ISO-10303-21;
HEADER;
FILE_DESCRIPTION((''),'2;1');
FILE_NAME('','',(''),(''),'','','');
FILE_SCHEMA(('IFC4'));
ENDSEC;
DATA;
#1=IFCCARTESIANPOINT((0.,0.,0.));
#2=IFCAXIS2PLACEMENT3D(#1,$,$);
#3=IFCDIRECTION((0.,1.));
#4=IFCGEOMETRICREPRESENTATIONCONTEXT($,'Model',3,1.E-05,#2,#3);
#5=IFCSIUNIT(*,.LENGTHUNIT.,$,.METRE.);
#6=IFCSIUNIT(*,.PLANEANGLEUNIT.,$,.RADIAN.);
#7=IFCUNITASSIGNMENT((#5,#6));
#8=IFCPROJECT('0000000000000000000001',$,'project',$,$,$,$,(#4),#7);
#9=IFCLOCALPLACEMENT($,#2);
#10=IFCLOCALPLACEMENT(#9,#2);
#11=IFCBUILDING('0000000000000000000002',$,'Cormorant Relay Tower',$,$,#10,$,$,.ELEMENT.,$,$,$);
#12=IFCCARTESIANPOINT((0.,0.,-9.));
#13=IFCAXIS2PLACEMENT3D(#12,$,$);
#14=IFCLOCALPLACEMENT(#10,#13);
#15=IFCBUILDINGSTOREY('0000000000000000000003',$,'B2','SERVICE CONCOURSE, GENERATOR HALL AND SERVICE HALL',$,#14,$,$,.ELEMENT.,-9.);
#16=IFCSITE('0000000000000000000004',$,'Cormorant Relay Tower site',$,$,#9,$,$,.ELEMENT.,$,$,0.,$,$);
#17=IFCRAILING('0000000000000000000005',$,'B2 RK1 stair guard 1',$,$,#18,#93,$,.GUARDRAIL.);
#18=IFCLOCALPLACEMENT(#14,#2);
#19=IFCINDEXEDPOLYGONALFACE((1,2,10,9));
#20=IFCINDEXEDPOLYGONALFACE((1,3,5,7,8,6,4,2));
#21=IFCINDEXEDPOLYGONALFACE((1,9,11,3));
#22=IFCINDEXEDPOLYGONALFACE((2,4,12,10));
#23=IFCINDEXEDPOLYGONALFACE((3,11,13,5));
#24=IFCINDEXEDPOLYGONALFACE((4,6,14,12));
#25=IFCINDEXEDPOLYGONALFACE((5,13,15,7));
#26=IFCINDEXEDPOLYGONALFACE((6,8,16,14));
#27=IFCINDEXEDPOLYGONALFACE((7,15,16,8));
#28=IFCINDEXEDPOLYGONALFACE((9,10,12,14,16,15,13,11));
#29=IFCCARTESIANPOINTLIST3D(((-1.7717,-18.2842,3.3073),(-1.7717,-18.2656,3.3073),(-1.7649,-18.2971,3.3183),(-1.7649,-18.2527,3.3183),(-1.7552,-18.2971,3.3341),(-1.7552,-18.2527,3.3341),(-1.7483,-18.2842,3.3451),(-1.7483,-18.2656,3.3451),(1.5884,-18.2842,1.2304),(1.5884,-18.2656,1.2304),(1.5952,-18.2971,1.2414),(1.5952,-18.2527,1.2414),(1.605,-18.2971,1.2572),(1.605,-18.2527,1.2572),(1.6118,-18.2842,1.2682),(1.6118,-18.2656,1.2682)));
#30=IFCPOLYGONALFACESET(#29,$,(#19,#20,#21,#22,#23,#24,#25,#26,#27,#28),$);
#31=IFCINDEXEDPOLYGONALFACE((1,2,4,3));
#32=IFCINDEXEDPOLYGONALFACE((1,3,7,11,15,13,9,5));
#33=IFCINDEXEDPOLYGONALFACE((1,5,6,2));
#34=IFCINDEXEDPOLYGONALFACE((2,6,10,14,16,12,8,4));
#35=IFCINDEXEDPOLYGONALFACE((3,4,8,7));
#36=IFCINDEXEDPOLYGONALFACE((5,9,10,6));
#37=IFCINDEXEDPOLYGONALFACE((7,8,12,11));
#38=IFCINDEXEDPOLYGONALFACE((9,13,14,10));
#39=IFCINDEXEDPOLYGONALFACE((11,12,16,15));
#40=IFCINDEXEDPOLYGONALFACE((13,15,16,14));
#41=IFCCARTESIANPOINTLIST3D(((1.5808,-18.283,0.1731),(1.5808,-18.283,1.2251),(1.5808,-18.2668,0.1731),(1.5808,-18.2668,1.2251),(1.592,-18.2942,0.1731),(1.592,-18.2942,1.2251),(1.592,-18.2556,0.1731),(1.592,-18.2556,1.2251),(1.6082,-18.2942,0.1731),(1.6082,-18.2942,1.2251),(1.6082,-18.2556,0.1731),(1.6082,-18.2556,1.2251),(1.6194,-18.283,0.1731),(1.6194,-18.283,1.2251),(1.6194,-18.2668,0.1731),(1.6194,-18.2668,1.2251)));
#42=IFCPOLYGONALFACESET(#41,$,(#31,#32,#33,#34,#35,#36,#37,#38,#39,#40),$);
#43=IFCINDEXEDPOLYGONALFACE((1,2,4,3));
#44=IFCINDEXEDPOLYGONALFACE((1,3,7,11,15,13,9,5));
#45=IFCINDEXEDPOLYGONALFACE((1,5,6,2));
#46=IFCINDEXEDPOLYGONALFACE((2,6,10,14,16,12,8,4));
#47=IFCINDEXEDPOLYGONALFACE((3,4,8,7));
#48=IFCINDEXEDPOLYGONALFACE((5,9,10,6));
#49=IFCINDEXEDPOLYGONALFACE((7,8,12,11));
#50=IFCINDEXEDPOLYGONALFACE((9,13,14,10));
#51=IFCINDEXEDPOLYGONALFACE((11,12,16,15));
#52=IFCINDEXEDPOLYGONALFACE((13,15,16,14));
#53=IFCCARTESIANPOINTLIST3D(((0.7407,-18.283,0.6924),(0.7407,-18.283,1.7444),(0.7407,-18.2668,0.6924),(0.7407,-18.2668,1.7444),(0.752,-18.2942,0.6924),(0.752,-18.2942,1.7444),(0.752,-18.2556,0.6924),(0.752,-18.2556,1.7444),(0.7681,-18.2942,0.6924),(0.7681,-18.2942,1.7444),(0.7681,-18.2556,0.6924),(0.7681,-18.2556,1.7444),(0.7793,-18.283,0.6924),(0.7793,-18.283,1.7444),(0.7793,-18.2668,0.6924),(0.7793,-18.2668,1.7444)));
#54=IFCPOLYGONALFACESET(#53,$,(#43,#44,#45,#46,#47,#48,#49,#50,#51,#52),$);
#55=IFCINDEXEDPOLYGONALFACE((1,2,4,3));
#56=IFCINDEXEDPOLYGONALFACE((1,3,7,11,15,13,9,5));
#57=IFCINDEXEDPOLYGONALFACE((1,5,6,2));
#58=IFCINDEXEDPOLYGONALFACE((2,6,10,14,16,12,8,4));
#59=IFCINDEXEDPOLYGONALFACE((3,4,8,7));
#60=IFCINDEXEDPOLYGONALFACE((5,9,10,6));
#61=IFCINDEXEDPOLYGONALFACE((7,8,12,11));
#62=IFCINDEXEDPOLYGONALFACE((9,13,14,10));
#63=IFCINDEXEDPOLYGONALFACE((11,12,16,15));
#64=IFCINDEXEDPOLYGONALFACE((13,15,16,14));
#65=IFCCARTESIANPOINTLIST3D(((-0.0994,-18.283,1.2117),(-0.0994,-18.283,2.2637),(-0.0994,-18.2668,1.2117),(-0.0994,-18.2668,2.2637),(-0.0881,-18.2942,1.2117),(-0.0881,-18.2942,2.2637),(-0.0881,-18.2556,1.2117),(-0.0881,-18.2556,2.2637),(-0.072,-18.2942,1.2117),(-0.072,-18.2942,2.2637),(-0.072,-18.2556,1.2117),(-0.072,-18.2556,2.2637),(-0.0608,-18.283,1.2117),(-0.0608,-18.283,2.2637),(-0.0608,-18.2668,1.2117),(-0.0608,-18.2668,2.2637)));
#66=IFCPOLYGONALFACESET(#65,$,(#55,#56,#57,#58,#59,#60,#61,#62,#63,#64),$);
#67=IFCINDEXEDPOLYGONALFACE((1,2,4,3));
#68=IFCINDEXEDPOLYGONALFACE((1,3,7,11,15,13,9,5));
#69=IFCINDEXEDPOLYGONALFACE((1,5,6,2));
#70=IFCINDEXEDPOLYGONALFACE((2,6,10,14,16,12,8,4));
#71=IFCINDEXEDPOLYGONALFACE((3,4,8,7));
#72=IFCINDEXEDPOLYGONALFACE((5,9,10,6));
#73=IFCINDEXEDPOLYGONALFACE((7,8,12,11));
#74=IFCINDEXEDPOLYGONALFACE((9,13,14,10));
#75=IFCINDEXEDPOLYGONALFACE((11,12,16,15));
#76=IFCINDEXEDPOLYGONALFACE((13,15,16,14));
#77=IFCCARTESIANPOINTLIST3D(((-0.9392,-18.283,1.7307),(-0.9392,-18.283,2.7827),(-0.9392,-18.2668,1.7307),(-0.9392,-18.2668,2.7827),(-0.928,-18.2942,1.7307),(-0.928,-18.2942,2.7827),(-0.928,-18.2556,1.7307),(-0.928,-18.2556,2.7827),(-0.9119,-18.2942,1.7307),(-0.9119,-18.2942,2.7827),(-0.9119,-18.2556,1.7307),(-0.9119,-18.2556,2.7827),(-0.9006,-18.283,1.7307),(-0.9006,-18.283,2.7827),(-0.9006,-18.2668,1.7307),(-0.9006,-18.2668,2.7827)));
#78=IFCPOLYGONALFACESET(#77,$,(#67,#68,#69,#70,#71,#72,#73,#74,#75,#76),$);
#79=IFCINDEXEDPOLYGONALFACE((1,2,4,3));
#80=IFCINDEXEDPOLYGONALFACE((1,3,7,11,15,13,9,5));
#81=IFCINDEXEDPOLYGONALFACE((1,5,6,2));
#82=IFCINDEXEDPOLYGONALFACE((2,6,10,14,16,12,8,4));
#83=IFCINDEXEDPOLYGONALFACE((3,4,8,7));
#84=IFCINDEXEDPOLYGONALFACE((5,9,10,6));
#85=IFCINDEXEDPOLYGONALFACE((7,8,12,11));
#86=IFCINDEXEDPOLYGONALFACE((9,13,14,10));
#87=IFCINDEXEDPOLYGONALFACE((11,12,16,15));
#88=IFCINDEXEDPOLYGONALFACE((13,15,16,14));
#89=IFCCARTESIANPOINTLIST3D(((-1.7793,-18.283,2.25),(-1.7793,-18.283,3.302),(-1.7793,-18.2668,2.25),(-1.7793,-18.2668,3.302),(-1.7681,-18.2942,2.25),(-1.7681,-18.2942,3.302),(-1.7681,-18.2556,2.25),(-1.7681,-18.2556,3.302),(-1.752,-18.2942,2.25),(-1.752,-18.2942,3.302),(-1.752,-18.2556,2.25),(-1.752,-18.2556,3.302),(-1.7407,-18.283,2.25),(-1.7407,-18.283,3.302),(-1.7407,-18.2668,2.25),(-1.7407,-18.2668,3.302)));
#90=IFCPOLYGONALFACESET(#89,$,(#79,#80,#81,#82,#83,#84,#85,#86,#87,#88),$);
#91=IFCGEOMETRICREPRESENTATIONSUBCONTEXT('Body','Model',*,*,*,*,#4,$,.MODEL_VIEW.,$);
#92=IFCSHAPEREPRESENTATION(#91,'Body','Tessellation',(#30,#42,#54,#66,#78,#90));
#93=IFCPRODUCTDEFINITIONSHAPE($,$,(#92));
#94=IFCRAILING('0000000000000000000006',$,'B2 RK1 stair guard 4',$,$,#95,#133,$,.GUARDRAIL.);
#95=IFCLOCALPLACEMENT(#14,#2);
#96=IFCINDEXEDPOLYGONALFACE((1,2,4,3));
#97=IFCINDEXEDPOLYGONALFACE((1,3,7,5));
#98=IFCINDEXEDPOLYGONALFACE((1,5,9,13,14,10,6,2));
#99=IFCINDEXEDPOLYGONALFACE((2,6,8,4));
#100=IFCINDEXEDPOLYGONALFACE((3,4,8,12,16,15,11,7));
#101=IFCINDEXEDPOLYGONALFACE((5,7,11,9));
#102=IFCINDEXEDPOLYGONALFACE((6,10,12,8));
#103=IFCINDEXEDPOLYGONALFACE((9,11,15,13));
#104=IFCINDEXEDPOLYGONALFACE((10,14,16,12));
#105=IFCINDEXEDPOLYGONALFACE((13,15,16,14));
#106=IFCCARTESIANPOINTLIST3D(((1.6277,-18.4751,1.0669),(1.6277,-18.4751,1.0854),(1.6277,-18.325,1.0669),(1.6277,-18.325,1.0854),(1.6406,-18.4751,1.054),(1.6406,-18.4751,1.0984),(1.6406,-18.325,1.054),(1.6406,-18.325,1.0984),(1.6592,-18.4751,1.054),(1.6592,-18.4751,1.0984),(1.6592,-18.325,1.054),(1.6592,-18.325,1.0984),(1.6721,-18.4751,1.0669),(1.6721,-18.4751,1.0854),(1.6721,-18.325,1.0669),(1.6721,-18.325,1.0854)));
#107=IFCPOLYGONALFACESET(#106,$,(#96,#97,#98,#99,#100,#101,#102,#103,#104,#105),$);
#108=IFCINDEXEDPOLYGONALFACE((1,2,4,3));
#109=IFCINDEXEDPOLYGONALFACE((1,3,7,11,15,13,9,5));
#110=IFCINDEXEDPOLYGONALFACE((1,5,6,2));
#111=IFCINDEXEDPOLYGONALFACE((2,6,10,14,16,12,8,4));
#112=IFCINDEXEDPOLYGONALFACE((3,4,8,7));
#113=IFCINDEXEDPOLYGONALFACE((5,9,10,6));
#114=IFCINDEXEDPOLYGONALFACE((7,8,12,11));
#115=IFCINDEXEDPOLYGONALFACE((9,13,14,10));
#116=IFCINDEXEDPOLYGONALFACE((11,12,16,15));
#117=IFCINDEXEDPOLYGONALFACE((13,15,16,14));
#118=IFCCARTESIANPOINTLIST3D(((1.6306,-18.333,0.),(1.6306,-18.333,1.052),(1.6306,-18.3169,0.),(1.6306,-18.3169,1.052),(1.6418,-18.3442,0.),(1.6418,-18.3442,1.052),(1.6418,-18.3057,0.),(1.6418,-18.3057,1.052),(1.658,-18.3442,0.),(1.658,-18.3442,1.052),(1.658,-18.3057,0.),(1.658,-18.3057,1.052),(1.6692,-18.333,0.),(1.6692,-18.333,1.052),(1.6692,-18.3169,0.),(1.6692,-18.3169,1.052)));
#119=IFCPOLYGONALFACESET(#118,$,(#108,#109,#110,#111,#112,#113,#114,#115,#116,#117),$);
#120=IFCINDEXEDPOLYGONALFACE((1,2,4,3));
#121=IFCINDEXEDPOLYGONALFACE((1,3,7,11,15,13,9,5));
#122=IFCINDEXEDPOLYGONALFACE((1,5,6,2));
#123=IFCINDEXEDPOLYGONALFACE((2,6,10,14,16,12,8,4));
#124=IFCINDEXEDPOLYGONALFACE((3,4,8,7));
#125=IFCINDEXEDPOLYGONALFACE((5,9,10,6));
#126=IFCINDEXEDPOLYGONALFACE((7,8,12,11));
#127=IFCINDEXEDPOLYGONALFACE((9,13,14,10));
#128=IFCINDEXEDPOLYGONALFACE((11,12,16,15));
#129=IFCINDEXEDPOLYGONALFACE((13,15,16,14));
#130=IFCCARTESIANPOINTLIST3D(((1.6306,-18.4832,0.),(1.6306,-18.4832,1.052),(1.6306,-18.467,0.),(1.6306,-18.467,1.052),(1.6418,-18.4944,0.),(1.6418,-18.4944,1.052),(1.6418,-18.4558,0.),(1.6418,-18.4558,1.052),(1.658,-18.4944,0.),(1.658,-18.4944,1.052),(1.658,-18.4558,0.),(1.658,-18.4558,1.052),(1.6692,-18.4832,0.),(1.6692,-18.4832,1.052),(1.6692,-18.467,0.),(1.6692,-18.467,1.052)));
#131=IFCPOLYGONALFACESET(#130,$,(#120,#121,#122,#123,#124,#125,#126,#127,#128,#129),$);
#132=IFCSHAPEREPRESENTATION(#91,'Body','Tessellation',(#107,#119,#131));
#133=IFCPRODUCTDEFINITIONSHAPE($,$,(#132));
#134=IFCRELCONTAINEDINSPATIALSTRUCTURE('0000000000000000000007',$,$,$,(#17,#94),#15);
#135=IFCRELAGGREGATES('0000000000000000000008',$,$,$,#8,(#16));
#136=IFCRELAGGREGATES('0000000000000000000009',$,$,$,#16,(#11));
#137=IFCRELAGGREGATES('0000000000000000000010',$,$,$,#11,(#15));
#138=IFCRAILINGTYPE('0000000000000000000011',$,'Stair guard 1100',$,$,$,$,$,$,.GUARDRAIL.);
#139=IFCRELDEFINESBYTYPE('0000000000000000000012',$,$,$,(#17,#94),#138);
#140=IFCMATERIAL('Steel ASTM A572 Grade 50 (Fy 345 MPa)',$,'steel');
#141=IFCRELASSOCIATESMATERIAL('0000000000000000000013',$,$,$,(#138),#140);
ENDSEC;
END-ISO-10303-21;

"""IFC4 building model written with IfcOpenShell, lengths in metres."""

from ifc_helpers import new_model, si_unit, direction, frame, origin, place, context, subcontext, project, spatial, polyline, outline, extrude, material, type_object, element, save


model = new_model("IFC4")

# Units and contexts
model_context = context("Model", 3, precision=1e-05, world=origin(), true_north=direction((0.0, 1.0)))
body_context = subcontext(model_context, "Body", "Model", "MODEL_VIEW")
ifc_project = project(units=[si_unit("LENGTHUNIT", "METRE"), si_unit("PLANEANGLEUNIT", "RADIAN")], contexts=[model_context])

# Site, building, storey
site_placement = place(None, origin())
site = spatial("IfcSite", under=ifc_project, at=site_placement, Name="Cormorant Relay Tower site", CompositionType="ELEMENT", RefElevation=0.0)
building_placement = place(site_placement, origin())
building = spatial("IfcBuilding", under=site, at=building_placement, Name="Cormorant Relay Tower", CompositionType="ELEMENT")
storey_placement = place(building_placement, frame((0.0, 0.0, -9.0)))
storey = spatial("IfcBuildingStorey", under=building, at=storey_placement, Name="B2", Description="SERVICE CONCOURSE, GENERATOR HALL AND SERVICE HALL", CompositionType="ELEMENT", Elevation=-9.0)

# Railings
ifc_material_1 = material(Name="Steel ASTM A572 Grade 50 (Fy 345 MPa)", Category="steel")
railing_type_1 = type_object("IfcRailingType", Name="Stair guard 1100", PredefinedType="GUARDRAIL", material=ifc_material_1)
railing_1_placement = place(storey_placement, frame((1.6001, -18.2749, 0.1731)))
element("IfcRailing", 1, at=railing_1_placement, inside=storey, type_object=railing_type_1, Name="B2 RK1 stair guard 1", PredefinedType="GUARDRAIL", context=body_context, shape_type="SweptSolid", body=[
    extrude(outline(polyline([(0.0222, 0.0093), (0.0093, 0.0222), (-0.0093, 0.0222), (-0.0222, 0.0093), (-0.0222, -0.0093), (-0.0093, -0.0222), (0.0093, -0.0222), (0.0222, -0.0093), (0.0222, 0.0093)])), frame((0.0, 0.0, 1.0762), z_axis=(-0.850623, 0.0, 0.525776), x_axis=(0.0, -1.0, 0.0)), (0.0, 0.0, 1.0), 3.9502),
    extrude(outline(polyline([(0.0193, 0.0081), (0.0081, 0.0193), (-0.0081, 0.0193), (-0.0193, 0.0081), (-0.0193, -0.0081), (-0.0081, -0.0193), (0.0081, -0.0193), (0.0193, -0.0081), (0.0193, 0.0081)])), origin(), (0.0, 0.0, 1.0), 1.052),
    extrude(outline(polyline([(0.0193, 0.0081), (0.0081, 0.0193), (-0.0081, 0.0193), (-0.0193, 0.0081), (-0.0193, -0.0081), (-0.0081, -0.0193), (0.0081, -0.0193), (0.0193, -0.0081), (0.0193, 0.0081)])), frame((-0.8401, 0.0, 0.5193)), (0.0, 0.0, 1.0), 1.052),
    extrude(outline(polyline([(0.0193, 0.0081), (0.0081, 0.0193), (-0.0081, 0.0193), (-0.0193, 0.0081), (-0.0193, -0.0081), (-0.0081, -0.0193), (0.0081, -0.0193), (0.0193, -0.0081), (0.0193, 0.0081)])), frame((-1.6802, 0.0, 1.0386)), (0.0, 0.0, 1.0), 1.052),
    extrude(outline(polyline([(0.0193, 0.0081), (0.0081, 0.0193), (-0.0081, 0.0193), (-0.0193, 0.0081), (-0.0193, -0.0081), (-0.0081, -0.0193), (0.0081, -0.0193), (0.0193, -0.0081), (0.0193, 0.0081)])), frame((-2.52, 0.0, 1.5576)), (0.0, 0.0, 1.0), 1.052),
    extrude(outline(polyline([(0.0193, 0.0081), (0.0081, 0.0193), (-0.0081, 0.0193), (-0.0193, 0.0081), (-0.0193, -0.0081), (-0.0081, -0.0193), (0.0081, -0.0193), (0.0193, -0.0081), (0.0193, 0.0081)])), frame((-3.3601, 0.0, 2.0769)), (0.0, 0.0, 1.0), 1.052),
])
railing_2_placement = place(storey_placement, frame((1.6499, -18.325, 0.0)))
element("IfcRailing", 2, at=railing_2_placement, inside=storey, type_object=railing_type_1, Name="B2 RK1 stair guard 4", PredefinedType="GUARDRAIL", context=body_context, shape_type="SweptSolid", body=[
    extrude(outline(polyline([(0.0222, 0.0093), (0.0093, 0.0222), (-0.0093, 0.0222), (-0.0222, 0.0093), (-0.0222, -0.0093), (-0.0093, -0.0222), (0.0093, -0.0222), (0.0222, -0.0093), (0.0222, 0.0093)])), frame((0.0, 0.0, 1.0762), z_axis=(0.0, -1.0, 0.0), x_axis=(1.0, 0.0, 0.0)), (0.0, 0.0, 1.0), 0.1501),
    extrude(outline(polyline([(0.0193, 0.0081), (0.0081, 0.0193), (-0.0081, 0.0193), (-0.0193, 0.0081), (-0.0193, -0.0081), (-0.0081, -0.0193), (0.0081, -0.0193), (0.0193, -0.0081), (0.0193, 0.0081)])), origin(), (0.0, 0.0, 1.0), 1.052),
    extrude(outline(polyline([(0.0193, 0.0081), (0.0081, 0.0193), (-0.0081, 0.0193), (-0.0193, 0.0081), (-0.0193, -0.0081), (-0.0081, -0.0193), (0.0081, -0.0193), (0.0193, -0.0081), (0.0193, 0.0081)])), frame((0.0, -0.1501, 0.0)), (0.0, 0.0, 1.0), 1.052),
])

save(model, "model.ifc")
